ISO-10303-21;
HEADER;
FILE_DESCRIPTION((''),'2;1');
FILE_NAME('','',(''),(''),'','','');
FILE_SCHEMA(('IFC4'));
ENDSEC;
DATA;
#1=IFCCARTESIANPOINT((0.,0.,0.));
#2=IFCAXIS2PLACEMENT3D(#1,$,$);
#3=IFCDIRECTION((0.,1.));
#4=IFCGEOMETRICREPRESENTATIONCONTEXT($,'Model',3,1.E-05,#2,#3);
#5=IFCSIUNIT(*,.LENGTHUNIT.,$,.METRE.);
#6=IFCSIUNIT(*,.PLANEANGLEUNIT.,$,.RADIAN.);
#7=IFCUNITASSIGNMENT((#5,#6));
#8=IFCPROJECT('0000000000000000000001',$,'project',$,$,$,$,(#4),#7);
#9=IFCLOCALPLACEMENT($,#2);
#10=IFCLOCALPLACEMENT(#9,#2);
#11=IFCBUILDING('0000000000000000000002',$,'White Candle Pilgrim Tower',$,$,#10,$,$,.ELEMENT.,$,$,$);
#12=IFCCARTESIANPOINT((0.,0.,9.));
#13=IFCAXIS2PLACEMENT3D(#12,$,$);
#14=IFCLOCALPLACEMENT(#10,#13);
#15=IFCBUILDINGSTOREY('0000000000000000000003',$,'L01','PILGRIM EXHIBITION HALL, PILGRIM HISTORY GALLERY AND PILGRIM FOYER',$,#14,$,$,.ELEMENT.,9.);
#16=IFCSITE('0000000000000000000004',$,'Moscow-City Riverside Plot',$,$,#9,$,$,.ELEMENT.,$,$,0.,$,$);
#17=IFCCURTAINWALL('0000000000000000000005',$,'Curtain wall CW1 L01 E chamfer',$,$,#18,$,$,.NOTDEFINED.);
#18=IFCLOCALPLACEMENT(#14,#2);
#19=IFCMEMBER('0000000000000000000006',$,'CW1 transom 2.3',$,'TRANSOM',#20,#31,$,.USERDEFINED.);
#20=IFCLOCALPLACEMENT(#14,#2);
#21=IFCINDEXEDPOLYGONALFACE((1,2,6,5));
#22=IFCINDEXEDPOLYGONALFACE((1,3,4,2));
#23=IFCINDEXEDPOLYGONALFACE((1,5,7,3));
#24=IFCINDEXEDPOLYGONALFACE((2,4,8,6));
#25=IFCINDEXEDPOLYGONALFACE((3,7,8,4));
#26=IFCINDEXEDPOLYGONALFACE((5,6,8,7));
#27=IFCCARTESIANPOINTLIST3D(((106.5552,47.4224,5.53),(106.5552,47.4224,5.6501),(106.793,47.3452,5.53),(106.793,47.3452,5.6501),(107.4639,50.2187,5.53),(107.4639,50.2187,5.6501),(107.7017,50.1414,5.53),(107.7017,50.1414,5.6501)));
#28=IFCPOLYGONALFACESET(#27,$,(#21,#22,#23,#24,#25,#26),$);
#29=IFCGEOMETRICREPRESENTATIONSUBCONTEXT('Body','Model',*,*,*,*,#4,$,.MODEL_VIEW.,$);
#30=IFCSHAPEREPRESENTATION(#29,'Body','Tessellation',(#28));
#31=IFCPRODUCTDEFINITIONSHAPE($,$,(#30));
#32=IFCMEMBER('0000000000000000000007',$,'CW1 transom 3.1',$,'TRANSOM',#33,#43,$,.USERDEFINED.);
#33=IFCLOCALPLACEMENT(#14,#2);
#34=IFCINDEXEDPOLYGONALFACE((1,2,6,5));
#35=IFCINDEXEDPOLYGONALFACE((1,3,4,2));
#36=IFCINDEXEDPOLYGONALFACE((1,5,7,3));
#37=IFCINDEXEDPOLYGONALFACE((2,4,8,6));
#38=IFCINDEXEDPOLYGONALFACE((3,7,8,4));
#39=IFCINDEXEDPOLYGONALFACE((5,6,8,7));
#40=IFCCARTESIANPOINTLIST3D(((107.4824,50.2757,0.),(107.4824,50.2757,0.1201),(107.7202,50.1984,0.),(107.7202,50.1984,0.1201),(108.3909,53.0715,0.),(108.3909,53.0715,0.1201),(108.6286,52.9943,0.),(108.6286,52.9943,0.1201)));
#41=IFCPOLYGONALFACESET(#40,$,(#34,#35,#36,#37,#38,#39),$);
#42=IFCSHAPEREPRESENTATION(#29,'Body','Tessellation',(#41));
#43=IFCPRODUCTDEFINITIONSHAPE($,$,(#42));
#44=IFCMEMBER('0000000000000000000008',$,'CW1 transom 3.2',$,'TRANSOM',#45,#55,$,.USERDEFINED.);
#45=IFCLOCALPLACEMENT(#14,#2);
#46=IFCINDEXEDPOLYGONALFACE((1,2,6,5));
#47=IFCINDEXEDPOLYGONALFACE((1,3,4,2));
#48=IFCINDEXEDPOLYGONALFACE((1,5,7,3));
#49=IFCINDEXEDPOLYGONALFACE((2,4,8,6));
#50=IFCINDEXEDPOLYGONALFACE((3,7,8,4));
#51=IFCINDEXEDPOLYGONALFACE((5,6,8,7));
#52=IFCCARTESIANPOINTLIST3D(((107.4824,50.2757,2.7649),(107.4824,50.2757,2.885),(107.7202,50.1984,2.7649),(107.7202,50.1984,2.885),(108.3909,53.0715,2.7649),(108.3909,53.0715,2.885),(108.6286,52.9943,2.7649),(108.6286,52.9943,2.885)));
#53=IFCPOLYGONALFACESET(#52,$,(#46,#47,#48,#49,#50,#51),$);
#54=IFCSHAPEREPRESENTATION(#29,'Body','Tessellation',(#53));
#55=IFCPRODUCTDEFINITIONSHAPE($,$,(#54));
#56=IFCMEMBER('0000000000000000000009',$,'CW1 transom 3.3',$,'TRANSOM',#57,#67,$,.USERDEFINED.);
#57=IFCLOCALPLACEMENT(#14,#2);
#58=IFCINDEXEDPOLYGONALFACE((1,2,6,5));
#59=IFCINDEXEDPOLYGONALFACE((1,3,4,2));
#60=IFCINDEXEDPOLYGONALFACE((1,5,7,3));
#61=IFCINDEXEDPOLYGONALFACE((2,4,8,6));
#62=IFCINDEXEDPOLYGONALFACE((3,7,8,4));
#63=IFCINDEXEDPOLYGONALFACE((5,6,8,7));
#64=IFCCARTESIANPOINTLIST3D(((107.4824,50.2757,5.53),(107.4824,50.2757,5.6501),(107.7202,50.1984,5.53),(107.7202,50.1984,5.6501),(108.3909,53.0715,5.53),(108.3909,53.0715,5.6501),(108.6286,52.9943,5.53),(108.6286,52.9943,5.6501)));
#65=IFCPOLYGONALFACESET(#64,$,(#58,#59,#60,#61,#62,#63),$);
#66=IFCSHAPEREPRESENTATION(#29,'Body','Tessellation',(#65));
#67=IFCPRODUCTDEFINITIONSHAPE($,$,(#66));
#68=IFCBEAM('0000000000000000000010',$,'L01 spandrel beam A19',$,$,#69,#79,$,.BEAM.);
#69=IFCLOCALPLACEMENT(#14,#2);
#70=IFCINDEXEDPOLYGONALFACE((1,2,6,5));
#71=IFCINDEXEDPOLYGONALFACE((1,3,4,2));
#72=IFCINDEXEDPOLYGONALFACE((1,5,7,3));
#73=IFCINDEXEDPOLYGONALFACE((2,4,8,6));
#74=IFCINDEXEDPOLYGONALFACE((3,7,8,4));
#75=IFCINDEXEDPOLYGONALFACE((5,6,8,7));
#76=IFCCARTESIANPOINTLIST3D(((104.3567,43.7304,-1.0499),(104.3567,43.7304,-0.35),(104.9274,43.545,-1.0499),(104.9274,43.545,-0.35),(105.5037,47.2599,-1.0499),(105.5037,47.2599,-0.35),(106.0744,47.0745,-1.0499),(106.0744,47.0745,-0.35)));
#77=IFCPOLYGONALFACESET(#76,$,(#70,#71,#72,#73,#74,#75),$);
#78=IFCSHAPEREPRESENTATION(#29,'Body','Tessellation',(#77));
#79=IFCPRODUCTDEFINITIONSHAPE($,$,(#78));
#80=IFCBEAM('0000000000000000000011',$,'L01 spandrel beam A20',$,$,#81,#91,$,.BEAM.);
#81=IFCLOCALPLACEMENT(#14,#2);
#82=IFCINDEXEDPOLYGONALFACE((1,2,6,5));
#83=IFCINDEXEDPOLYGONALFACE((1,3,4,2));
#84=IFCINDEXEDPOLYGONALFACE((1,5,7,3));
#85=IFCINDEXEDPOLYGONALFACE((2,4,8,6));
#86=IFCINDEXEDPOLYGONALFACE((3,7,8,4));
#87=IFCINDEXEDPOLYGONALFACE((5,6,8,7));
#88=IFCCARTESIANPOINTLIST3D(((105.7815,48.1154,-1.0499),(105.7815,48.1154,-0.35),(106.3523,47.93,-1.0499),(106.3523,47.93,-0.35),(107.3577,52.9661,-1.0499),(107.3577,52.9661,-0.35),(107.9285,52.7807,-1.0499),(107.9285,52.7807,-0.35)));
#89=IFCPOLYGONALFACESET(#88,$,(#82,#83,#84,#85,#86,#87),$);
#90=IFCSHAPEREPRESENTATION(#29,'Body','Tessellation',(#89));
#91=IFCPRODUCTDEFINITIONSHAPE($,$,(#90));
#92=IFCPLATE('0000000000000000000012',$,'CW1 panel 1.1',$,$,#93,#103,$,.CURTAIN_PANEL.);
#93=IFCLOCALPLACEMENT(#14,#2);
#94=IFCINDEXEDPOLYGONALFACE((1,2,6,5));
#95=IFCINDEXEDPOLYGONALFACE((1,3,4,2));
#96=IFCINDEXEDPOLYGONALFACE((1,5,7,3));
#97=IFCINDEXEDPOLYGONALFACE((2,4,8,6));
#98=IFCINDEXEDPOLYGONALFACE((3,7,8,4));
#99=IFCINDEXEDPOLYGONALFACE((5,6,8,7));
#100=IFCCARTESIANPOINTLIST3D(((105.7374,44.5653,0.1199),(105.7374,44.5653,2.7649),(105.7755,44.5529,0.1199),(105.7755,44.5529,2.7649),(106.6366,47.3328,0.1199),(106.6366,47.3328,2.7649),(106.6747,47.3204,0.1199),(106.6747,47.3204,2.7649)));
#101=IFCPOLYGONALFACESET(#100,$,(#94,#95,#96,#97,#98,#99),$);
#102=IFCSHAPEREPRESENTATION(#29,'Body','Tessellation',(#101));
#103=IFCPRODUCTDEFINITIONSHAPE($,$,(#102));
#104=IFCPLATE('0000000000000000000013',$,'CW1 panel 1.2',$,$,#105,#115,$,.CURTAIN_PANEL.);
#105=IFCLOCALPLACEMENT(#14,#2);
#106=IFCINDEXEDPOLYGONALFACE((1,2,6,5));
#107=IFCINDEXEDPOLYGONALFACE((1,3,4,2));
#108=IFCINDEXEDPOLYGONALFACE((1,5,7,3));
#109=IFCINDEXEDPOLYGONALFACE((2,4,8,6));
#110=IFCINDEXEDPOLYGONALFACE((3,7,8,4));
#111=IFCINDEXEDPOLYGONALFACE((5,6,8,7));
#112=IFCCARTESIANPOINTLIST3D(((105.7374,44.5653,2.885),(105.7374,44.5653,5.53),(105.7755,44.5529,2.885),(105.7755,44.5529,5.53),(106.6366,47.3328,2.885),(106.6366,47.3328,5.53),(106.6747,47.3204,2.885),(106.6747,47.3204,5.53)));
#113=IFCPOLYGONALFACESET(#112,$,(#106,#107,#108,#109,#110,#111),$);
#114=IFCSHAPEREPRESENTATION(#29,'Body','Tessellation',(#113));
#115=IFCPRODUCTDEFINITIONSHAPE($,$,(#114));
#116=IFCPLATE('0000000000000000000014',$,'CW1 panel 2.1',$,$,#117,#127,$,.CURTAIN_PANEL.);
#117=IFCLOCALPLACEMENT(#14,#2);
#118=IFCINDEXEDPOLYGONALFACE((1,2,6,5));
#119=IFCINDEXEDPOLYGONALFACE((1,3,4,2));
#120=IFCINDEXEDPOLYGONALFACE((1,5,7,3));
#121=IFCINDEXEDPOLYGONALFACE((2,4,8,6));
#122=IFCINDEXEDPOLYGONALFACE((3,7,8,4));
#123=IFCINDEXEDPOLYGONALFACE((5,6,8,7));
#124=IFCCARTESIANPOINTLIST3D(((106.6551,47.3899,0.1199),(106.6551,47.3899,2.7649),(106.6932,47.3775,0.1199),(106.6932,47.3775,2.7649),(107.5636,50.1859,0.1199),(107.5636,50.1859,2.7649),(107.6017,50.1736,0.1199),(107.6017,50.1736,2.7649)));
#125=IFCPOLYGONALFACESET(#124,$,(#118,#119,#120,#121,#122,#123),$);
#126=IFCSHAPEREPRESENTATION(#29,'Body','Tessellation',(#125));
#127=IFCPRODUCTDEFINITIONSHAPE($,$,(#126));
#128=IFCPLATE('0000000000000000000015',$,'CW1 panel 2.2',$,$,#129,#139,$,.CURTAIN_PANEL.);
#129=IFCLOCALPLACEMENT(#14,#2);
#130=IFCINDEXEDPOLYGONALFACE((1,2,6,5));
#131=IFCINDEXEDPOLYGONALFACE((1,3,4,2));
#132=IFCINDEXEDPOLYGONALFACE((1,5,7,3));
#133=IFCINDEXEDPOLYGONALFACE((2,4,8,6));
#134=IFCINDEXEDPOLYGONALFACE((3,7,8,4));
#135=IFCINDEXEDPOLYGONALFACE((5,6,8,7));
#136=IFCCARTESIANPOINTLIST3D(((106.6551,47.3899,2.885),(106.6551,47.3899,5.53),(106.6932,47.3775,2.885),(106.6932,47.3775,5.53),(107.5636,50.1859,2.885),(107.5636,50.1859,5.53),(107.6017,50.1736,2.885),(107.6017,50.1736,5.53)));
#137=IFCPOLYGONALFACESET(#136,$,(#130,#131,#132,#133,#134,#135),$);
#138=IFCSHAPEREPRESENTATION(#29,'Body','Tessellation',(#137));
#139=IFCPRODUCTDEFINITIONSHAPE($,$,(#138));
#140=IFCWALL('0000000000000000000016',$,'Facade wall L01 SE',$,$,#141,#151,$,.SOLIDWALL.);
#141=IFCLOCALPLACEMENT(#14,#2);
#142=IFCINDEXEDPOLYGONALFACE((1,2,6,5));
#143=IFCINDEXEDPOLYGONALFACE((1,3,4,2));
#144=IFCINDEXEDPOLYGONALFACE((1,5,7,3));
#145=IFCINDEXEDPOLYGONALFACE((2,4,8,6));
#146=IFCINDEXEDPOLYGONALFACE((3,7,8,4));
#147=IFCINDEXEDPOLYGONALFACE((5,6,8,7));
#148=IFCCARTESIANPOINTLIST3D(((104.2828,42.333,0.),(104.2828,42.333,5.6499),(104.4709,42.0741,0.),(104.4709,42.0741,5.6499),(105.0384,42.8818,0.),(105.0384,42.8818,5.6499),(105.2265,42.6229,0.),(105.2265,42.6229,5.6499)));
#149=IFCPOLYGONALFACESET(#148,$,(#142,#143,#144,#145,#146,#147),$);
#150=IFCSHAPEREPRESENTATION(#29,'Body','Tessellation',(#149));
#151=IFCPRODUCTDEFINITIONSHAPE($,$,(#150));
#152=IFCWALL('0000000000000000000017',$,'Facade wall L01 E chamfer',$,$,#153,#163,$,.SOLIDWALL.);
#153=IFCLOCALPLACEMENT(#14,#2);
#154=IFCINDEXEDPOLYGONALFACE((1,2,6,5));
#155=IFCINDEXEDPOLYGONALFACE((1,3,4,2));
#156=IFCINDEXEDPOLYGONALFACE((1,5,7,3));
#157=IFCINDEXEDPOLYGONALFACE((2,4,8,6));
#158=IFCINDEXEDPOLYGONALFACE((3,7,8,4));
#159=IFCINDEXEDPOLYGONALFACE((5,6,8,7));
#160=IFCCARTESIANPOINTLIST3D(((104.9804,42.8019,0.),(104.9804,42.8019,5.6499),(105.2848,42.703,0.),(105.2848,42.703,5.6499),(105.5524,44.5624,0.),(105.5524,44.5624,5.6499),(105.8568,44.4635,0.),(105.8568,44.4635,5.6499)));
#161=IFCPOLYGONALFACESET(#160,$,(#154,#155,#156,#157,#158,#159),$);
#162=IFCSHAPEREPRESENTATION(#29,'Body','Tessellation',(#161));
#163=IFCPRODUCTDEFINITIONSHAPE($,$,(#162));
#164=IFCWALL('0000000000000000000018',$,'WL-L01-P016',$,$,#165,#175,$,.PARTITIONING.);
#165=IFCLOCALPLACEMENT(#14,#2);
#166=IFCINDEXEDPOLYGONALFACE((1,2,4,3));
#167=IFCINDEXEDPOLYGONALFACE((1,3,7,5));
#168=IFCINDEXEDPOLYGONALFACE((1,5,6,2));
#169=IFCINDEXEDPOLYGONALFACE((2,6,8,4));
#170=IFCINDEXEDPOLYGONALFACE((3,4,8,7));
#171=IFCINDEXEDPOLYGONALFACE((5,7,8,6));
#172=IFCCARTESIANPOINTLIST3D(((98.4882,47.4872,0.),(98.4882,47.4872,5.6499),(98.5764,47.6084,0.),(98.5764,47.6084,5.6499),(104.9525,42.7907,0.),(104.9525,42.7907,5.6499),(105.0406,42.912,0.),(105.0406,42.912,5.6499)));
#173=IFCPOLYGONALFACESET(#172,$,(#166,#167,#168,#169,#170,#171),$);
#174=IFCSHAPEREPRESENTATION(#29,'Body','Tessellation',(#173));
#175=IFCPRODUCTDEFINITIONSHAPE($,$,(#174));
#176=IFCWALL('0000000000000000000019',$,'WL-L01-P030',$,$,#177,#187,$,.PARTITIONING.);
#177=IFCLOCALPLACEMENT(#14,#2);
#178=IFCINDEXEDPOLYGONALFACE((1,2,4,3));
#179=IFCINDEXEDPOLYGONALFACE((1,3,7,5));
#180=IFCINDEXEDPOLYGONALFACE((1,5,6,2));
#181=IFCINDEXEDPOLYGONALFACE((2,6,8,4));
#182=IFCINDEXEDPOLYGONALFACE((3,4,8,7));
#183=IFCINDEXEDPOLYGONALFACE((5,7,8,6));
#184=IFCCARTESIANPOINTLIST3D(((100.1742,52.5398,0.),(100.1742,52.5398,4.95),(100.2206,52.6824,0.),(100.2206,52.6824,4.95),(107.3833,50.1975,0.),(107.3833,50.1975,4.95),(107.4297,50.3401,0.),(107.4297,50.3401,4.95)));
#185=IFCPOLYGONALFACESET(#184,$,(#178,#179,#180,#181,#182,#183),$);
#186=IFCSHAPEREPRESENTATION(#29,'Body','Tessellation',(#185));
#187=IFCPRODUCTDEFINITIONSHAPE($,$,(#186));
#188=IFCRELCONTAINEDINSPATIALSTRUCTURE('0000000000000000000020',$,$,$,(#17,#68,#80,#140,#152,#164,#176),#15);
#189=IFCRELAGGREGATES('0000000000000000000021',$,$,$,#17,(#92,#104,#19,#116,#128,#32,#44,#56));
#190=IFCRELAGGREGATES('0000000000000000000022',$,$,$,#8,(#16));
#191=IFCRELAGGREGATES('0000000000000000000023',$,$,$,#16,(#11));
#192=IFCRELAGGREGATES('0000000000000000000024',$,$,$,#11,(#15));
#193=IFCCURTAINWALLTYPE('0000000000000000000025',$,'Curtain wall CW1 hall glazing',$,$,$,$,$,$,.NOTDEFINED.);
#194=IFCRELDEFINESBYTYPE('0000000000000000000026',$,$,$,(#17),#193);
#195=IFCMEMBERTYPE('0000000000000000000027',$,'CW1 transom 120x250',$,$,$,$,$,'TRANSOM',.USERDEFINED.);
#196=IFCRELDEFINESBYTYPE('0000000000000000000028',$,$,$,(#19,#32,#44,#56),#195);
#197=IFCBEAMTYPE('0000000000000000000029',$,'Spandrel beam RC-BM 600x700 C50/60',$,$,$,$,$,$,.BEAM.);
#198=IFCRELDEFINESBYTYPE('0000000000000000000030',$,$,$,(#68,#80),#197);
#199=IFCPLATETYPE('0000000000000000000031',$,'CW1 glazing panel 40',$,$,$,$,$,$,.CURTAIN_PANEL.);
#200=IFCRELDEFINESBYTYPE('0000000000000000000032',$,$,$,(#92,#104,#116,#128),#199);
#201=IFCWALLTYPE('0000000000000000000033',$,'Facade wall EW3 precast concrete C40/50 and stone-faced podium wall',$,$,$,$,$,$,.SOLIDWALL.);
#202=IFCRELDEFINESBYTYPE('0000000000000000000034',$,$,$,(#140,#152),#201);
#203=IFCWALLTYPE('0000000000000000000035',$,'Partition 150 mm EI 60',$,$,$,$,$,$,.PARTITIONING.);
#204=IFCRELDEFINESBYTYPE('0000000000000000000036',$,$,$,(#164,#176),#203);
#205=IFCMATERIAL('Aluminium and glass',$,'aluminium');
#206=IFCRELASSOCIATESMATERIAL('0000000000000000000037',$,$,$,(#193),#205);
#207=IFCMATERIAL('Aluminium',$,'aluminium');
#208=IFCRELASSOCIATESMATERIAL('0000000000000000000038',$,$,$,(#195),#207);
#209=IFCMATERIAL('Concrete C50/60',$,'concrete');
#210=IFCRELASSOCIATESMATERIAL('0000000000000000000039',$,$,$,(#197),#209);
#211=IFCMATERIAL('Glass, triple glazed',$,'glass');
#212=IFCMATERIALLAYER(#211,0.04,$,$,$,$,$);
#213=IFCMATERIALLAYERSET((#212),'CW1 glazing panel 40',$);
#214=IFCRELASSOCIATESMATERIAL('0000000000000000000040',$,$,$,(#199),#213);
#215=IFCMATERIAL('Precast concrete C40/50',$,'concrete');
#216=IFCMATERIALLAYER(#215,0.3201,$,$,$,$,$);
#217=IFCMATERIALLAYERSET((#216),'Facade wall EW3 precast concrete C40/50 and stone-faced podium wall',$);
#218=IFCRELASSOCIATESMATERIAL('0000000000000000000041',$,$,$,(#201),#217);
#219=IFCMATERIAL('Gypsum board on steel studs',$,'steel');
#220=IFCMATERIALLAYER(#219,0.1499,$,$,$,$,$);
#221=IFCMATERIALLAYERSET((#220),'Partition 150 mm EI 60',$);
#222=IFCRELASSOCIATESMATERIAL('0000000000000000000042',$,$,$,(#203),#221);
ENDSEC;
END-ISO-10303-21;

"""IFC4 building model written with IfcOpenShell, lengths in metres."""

from ifc_helpers import new_model, si_unit, direction, frame, frame_2d, origin, origin_2d, place, context, subcontext, project, spatial, rectangle, extrude, material, layer, layer_set, material_profile, profile_set, type_object, element, aggregate, save


model = new_model("IFC4")

# Units and contexts
model_context = context("Model", 3, precision=1e-05, world=origin(), true_north=direction((0.0, 1.0)))
body_context = subcontext(model_context, "Body", "Model", "MODEL_VIEW")
ifc_project = project(units=[si_unit("LENGTHUNIT", "METRE"), si_unit("PLANEANGLEUNIT", "RADIAN")], contexts=[model_context])

# Site, building, storey
site_placement = place(None, origin())
site = spatial("IfcSite", under=ifc_project, at=site_placement, Name="Moscow-City Riverside Plot", CompositionType="ELEMENT", RefElevation=0.0)
building_placement = place(site_placement, origin())
building = spatial("IfcBuilding", under=site, at=building_placement, Name="White Candle Pilgrim Tower", CompositionType="ELEMENT")
storey_placement = place(building_placement, frame((0.0, 0.0, 9.0)))
storey = spatial("IfcBuildingStorey", under=building, at=storey_placement, Name="L01", Description="PILGRIM EXHIBITION HALL, PILGRIM HISTORY GALLERY AND PILGRIM FOYER", CompositionType="ELEMENT", Elevation=9.0)

# Curtain wall, members
ifc_material_1 = material(Name="Aluminium and glass", Category="aluminium")
curtain_wall_type = type_object("IfcCurtainWallType", Name="Curtain wall CW1 hall glazing", PredefinedType="NOTDEFINED", material=ifc_material_1)
curtain_wall_placement = place(storey_placement, origin())
curtain_wall = element("IfcCurtainWall", 1, at=curtain_wall_placement, inside=storey, type_object=curtain_wall_type, Name="Curtain wall CW1 L01 E chamfer", PredefinedType="NOTDEFINED")
ifc_material_2 = material(Name="Aluminium", Category="aluminium")
ifc_material_profile_1 = material_profile(ifc_material_2, rectangle(XDim=0.25, YDim=0.1201, at=origin_2d()), Name="CW1 transom 120x250")
ifc_profile_set_1 = profile_set([ifc_material_profile_1], Name="Aluminium")
member_type_1 = type_object("IfcMemberType", Name="CW1 transom 120x250", ElementType="TRANSOM", PredefinedType="USERDEFINED", material=ifc_profile_set_1)
member_1_placement = place(storey_placement, frame((106.6741, 47.3838, 5.5901), z_axis=(0.309069, 0.95104, 0.0), x_axis=(-0.95104, 0.309069, 0.0)))
member_1 = element("IfcMember", 2, at=member_1_placement, type_object=member_type_1, Name="CW1 transom 2.3", ObjectType="TRANSOM", PredefinedType="USERDEFINED", context=body_context, shape_type="SweptSolid", body=[
    extrude(rectangle(XDim=0.25, YDim=0.1201, at=origin_2d()), origin(), (0.0, 0.0, 1.0), 2.9402),
])
member_2_placement = place(storey_placement, frame((107.6013, 50.2371, 0.0601), z_axis=(0.309018, 0.951056, 0.0), x_axis=(-0.951056, 0.309018, 0.0)))
member_2 = element("IfcMember", 3, at=member_2_placement, type_object=member_type_1, Name="CW1 transom 3.1", ObjectType="TRANSOM", PredefinedType="USERDEFINED", context=body_context, shape_type="SweptSolid", body=[
    extrude(rectangle(XDim=0.25, YDim=0.1201, at=origin_2d()), origin(), (0.0, 0.0, 1.0), 2.9397),
])
member_3_placement = place(storey_placement, frame((107.6013, 50.2371, 2.825), z_axis=(0.309018, 0.951056, 0.0), x_axis=(-0.951056, 0.309018, 0.0)))
member_3 = element("IfcMember", 4, at=member_3_placement, type_object=member_type_1, Name="CW1 transom 3.2", ObjectType="TRANSOM", PredefinedType="USERDEFINED", context=body_context, shape_type="SweptSolid", body=[
    extrude(rectangle(XDim=0.25, YDim=0.1201, at=origin_2d()), origin(), (0.0, 0.0, 1.0), 2.9397),
])
member_4_placement = place(storey_placement, frame((107.6013, 50.2371, 5.5901), z_axis=(0.309018, 0.951056, 0.0), x_axis=(-0.951056, 0.309018, 0.0)))
member_4 = element("IfcMember", 5, at=member_4_placement, type_object=member_type_1, Name="CW1 transom 3.3", ObjectType="TRANSOM", PredefinedType="USERDEFINED", context=body_context, shape_type="SweptSolid", body=[
    extrude(rectangle(XDim=0.25, YDim=0.1201, at=origin_2d()), origin(), (0.0, 0.0, 1.0), 2.9397),
])

# Beams
ifc_material_3 = material(Name="Concrete C50/60", Category="concrete")
ifc_material_profile_2 = material_profile(ifc_material_3, rectangle(XDim=0.6001, YDim=0.7, at=origin_2d()), Name="RC-BM 600x700")
ifc_profile_set_2 = profile_set([ifc_material_profile_2], Name="Concrete C50/60")
beam_type = type_object("IfcBeamType", Name="Spandrel beam RC-BM 600x700 C50/60", PredefinedType="BEAM", material=ifc_profile_set_2)
beam_1_placement = place(storey_placement, frame((104.6421, 43.6377, -0.7), z_axis=(0.309055, 0.951044, 0.0), x_axis=(-0.951044, 0.309055, 0.0)))
element("IfcBeam", 6, at=beam_1_placement, inside=storey, type_object=beam_type, Name="L01 spandrel beam A19", PredefinedType="BEAM", context=body_context, shape_type="SweptSolid", body=[
    extrude(rectangle(XDim=0.6001, YDim=0.7, at=origin_2d()), origin(), (0.0, 0.0, 1.0), 3.7112),
])
beam_2_placement = place(storey_placement, frame((106.0669, 48.0227, -0.7), z_axis=(0.309038, 0.95105, 0.0), x_axis=(-0.95105, 0.309038, 0.0)))
element("IfcBeam", 7, at=beam_2_placement, inside=storey, type_object=beam_type, Name="L01 spandrel beam A20", PredefinedType="BEAM", context=body_context, shape_type="SweptSolid", body=[
    extrude(rectangle(XDim=0.6001, YDim=0.7, at=origin_2d()), origin(), (0.0, 0.0, 1.0), 5.1003),
])

# Plates
ifc_material_4 = material(Name="Glass, triple glazed", Category="glass")
ifc_layer_1 = layer(ifc_material_4, 0.04)
ifc_layer_set_1 = layer_set([ifc_layer_1], Name="CW1 glazing panel 40")
plate_type = type_object("IfcPlateType", Name="CW1 glazing panel 40", PredefinedType="CURTAIN_PANEL", material=ifc_layer_set_1)
plate_1_placement = place(storey_placement, frame((106.2061, 45.9429, 0.1199), z_axis=(0.0, 0.0, 1.0), x_axis=(0.309017, 0.951057, 0.0)))
plate_1 = element("IfcPlate", 8, at=plate_1_placement, type_object=plate_type, Name="CW1 panel 1.1", PredefinedType="CURTAIN_PANEL", context=body_context, shape_type="SweptSolid", body=[
    extrude(rectangle(XDim=2.9099, YDim=0.04, at=origin_2d()), origin(), (0.0, 0.0, 1.0), 2.645),
])
plate_2_placement = place(storey_placement, frame((106.2061, 45.9429, 2.885), z_axis=(0.0, 0.0, 1.0), x_axis=(0.309017, 0.951057, 0.0)))
plate_2 = element("IfcPlate", 9, at=plate_2_placement, type_object=plate_type, Name="CW1 panel 1.2", PredefinedType="CURTAIN_PANEL", context=body_context, shape_type="SweptSolid", body=[
    extrude(rectangle(XDim=2.9099, YDim=0.04, at=origin_2d()), origin(), (0.0, 0.0, 1.0), 2.645),
])
plate_3_placement = place(storey_placement, frame((107.1284, 48.7817, 0.1199), z_axis=(0.0, 0.0, 1.0), x_axis=(0.309017, 0.951057, 0.0)))
plate_3 = element("IfcPlate", 10, at=plate_3_placement, type_object=plate_type, Name="CW1 panel 2.1", PredefinedType="CURTAIN_PANEL", context=body_context, shape_type="SweptSolid", body=[
    extrude(rectangle(XDim=2.9399, YDim=0.04, at=origin_2d()), origin(), (0.0, 0.0, 1.0), 2.645),
])
plate_4_placement = place(storey_placement, frame((107.1284, 48.7817, 2.885), z_axis=(0.0, 0.0, 1.0), x_axis=(0.309017, 0.951057, 0.0)))
plate_4 = element("IfcPlate", 11, at=plate_4_placement, type_object=plate_type, Name="CW1 panel 2.2", PredefinedType="CURTAIN_PANEL", context=body_context, shape_type="SweptSolid", body=[
    extrude(rectangle(XDim=2.9399, YDim=0.04, at=origin_2d()), origin(), (0.0, 0.0, 1.0), 2.645),
])
aggregate(curtain_wall, [plate_1, plate_2, member_1, plate_3, plate_4, member_2, member_3, member_4])

# Walls
ifc_material_5 = material(Name="Precast concrete C40/50", Category="concrete")
ifc_layer_2 = layer(ifc_material_5, 0.3201)
ifc_layer_set_2 = layer_set([ifc_layer_2], Name="Facade wall EW3 precast concrete C40/50 and stone-faced podium wall")
wall_type_1 = type_object("IfcWallType", Name="Facade wall EW3 precast concrete C40/50 and stone-faced podium wall", PredefinedType="SOLIDWALL", material=ifc_layer_set_2)
wall_1_placement = place(storey_placement, frame((104.377, 42.2036, 0.0), z_axis=(0.0, 0.0, 1.0), x_axis=(0.809098, 0.587674, 0.0)))
element("IfcWall", 12, at=wall_1_placement, inside=storey, type_object=wall_type_1, Name="Facade wall L01 SE", PredefinedType="SOLIDWALL", context=body_context, shape_type="SweptSolid", body=[
    extrude(rectangle(XDim=0.9338, YDim=0.3201, at=frame_2d((0.4668, 0.0))), origin(), (0.0, 0.0, 1.0), 5.6499),
])
wall_2_placement = place(storey_placement, frame((105.1326, 42.7524, 0.0), z_axis=(0.0, 0.0, 1.0), x_axis=(0.309017, 0.951056, 0.0)))
element("IfcWall", 13, at=wall_2_placement, inside=storey, type_object=wall_type_1, Name="Facade wall L01 E chamfer", PredefinedType="SOLIDWALL", context=body_context, shape_type="SweptSolid", body=[
    extrude(rectangle(XDim=1.8511, YDim=0.3201, at=frame_2d((0.9255, 0.0))), origin(), (0.0, 0.0, 1.0), 5.6499),
])
ifc_material_6 = material(Name="Gypsum board on steel studs", Category="steel")
ifc_layer_3 = layer(ifc_material_6, 0.1499)
ifc_layer_set_3 = layer_set([ifc_layer_3], Name="Partition 150 mm EI 60")
wall_type_2 = type_object("IfcWallType", Name="Partition 150 mm EI 60", PredefinedType="PARTITIONING", material=ifc_layer_set_3)
wall_3_placement = place(storey_placement, frame((104.9966, 42.8513, 0.0), z_axis=(0.0, 0.0, 1.0), x_axis=(-0.809023, 0.587777, 0.0)))
element("IfcWall", 14, at=wall_3_placement, inside=storey, type_object=wall_type_2, Name="WL-L01-P016", PredefinedType="PARTITIONING", context=body_context, shape_type="SweptSolid", body=[
    extrude(rectangle(XDim=7.9902, YDim=0.1499, at=frame_2d((3.9951, 0.0))), origin(), (0.0, 0.0, 1.0), 5.6499),
])
wall_4_placement = place(storey_placement, frame((107.4065, 50.2688, 0.0), z_axis=(0.0, 0.0, 1.0), x_axis=(-0.951059, 0.30901, 0.0)))
element("IfcWall", 15, at=wall_4_placement, inside=storey, type_object=wall_type_2, Name="WL-L01-P030", PredefinedType="PARTITIONING", context=body_context, shape_type="SweptSolid", body=[
    extrude(rectangle(XDim=7.5801, YDim=0.1499, at=frame_2d((3.79, 0.0))), origin(), (0.0, 0.0, 1.0), 4.95),
])

save(model, "model.ifc")
